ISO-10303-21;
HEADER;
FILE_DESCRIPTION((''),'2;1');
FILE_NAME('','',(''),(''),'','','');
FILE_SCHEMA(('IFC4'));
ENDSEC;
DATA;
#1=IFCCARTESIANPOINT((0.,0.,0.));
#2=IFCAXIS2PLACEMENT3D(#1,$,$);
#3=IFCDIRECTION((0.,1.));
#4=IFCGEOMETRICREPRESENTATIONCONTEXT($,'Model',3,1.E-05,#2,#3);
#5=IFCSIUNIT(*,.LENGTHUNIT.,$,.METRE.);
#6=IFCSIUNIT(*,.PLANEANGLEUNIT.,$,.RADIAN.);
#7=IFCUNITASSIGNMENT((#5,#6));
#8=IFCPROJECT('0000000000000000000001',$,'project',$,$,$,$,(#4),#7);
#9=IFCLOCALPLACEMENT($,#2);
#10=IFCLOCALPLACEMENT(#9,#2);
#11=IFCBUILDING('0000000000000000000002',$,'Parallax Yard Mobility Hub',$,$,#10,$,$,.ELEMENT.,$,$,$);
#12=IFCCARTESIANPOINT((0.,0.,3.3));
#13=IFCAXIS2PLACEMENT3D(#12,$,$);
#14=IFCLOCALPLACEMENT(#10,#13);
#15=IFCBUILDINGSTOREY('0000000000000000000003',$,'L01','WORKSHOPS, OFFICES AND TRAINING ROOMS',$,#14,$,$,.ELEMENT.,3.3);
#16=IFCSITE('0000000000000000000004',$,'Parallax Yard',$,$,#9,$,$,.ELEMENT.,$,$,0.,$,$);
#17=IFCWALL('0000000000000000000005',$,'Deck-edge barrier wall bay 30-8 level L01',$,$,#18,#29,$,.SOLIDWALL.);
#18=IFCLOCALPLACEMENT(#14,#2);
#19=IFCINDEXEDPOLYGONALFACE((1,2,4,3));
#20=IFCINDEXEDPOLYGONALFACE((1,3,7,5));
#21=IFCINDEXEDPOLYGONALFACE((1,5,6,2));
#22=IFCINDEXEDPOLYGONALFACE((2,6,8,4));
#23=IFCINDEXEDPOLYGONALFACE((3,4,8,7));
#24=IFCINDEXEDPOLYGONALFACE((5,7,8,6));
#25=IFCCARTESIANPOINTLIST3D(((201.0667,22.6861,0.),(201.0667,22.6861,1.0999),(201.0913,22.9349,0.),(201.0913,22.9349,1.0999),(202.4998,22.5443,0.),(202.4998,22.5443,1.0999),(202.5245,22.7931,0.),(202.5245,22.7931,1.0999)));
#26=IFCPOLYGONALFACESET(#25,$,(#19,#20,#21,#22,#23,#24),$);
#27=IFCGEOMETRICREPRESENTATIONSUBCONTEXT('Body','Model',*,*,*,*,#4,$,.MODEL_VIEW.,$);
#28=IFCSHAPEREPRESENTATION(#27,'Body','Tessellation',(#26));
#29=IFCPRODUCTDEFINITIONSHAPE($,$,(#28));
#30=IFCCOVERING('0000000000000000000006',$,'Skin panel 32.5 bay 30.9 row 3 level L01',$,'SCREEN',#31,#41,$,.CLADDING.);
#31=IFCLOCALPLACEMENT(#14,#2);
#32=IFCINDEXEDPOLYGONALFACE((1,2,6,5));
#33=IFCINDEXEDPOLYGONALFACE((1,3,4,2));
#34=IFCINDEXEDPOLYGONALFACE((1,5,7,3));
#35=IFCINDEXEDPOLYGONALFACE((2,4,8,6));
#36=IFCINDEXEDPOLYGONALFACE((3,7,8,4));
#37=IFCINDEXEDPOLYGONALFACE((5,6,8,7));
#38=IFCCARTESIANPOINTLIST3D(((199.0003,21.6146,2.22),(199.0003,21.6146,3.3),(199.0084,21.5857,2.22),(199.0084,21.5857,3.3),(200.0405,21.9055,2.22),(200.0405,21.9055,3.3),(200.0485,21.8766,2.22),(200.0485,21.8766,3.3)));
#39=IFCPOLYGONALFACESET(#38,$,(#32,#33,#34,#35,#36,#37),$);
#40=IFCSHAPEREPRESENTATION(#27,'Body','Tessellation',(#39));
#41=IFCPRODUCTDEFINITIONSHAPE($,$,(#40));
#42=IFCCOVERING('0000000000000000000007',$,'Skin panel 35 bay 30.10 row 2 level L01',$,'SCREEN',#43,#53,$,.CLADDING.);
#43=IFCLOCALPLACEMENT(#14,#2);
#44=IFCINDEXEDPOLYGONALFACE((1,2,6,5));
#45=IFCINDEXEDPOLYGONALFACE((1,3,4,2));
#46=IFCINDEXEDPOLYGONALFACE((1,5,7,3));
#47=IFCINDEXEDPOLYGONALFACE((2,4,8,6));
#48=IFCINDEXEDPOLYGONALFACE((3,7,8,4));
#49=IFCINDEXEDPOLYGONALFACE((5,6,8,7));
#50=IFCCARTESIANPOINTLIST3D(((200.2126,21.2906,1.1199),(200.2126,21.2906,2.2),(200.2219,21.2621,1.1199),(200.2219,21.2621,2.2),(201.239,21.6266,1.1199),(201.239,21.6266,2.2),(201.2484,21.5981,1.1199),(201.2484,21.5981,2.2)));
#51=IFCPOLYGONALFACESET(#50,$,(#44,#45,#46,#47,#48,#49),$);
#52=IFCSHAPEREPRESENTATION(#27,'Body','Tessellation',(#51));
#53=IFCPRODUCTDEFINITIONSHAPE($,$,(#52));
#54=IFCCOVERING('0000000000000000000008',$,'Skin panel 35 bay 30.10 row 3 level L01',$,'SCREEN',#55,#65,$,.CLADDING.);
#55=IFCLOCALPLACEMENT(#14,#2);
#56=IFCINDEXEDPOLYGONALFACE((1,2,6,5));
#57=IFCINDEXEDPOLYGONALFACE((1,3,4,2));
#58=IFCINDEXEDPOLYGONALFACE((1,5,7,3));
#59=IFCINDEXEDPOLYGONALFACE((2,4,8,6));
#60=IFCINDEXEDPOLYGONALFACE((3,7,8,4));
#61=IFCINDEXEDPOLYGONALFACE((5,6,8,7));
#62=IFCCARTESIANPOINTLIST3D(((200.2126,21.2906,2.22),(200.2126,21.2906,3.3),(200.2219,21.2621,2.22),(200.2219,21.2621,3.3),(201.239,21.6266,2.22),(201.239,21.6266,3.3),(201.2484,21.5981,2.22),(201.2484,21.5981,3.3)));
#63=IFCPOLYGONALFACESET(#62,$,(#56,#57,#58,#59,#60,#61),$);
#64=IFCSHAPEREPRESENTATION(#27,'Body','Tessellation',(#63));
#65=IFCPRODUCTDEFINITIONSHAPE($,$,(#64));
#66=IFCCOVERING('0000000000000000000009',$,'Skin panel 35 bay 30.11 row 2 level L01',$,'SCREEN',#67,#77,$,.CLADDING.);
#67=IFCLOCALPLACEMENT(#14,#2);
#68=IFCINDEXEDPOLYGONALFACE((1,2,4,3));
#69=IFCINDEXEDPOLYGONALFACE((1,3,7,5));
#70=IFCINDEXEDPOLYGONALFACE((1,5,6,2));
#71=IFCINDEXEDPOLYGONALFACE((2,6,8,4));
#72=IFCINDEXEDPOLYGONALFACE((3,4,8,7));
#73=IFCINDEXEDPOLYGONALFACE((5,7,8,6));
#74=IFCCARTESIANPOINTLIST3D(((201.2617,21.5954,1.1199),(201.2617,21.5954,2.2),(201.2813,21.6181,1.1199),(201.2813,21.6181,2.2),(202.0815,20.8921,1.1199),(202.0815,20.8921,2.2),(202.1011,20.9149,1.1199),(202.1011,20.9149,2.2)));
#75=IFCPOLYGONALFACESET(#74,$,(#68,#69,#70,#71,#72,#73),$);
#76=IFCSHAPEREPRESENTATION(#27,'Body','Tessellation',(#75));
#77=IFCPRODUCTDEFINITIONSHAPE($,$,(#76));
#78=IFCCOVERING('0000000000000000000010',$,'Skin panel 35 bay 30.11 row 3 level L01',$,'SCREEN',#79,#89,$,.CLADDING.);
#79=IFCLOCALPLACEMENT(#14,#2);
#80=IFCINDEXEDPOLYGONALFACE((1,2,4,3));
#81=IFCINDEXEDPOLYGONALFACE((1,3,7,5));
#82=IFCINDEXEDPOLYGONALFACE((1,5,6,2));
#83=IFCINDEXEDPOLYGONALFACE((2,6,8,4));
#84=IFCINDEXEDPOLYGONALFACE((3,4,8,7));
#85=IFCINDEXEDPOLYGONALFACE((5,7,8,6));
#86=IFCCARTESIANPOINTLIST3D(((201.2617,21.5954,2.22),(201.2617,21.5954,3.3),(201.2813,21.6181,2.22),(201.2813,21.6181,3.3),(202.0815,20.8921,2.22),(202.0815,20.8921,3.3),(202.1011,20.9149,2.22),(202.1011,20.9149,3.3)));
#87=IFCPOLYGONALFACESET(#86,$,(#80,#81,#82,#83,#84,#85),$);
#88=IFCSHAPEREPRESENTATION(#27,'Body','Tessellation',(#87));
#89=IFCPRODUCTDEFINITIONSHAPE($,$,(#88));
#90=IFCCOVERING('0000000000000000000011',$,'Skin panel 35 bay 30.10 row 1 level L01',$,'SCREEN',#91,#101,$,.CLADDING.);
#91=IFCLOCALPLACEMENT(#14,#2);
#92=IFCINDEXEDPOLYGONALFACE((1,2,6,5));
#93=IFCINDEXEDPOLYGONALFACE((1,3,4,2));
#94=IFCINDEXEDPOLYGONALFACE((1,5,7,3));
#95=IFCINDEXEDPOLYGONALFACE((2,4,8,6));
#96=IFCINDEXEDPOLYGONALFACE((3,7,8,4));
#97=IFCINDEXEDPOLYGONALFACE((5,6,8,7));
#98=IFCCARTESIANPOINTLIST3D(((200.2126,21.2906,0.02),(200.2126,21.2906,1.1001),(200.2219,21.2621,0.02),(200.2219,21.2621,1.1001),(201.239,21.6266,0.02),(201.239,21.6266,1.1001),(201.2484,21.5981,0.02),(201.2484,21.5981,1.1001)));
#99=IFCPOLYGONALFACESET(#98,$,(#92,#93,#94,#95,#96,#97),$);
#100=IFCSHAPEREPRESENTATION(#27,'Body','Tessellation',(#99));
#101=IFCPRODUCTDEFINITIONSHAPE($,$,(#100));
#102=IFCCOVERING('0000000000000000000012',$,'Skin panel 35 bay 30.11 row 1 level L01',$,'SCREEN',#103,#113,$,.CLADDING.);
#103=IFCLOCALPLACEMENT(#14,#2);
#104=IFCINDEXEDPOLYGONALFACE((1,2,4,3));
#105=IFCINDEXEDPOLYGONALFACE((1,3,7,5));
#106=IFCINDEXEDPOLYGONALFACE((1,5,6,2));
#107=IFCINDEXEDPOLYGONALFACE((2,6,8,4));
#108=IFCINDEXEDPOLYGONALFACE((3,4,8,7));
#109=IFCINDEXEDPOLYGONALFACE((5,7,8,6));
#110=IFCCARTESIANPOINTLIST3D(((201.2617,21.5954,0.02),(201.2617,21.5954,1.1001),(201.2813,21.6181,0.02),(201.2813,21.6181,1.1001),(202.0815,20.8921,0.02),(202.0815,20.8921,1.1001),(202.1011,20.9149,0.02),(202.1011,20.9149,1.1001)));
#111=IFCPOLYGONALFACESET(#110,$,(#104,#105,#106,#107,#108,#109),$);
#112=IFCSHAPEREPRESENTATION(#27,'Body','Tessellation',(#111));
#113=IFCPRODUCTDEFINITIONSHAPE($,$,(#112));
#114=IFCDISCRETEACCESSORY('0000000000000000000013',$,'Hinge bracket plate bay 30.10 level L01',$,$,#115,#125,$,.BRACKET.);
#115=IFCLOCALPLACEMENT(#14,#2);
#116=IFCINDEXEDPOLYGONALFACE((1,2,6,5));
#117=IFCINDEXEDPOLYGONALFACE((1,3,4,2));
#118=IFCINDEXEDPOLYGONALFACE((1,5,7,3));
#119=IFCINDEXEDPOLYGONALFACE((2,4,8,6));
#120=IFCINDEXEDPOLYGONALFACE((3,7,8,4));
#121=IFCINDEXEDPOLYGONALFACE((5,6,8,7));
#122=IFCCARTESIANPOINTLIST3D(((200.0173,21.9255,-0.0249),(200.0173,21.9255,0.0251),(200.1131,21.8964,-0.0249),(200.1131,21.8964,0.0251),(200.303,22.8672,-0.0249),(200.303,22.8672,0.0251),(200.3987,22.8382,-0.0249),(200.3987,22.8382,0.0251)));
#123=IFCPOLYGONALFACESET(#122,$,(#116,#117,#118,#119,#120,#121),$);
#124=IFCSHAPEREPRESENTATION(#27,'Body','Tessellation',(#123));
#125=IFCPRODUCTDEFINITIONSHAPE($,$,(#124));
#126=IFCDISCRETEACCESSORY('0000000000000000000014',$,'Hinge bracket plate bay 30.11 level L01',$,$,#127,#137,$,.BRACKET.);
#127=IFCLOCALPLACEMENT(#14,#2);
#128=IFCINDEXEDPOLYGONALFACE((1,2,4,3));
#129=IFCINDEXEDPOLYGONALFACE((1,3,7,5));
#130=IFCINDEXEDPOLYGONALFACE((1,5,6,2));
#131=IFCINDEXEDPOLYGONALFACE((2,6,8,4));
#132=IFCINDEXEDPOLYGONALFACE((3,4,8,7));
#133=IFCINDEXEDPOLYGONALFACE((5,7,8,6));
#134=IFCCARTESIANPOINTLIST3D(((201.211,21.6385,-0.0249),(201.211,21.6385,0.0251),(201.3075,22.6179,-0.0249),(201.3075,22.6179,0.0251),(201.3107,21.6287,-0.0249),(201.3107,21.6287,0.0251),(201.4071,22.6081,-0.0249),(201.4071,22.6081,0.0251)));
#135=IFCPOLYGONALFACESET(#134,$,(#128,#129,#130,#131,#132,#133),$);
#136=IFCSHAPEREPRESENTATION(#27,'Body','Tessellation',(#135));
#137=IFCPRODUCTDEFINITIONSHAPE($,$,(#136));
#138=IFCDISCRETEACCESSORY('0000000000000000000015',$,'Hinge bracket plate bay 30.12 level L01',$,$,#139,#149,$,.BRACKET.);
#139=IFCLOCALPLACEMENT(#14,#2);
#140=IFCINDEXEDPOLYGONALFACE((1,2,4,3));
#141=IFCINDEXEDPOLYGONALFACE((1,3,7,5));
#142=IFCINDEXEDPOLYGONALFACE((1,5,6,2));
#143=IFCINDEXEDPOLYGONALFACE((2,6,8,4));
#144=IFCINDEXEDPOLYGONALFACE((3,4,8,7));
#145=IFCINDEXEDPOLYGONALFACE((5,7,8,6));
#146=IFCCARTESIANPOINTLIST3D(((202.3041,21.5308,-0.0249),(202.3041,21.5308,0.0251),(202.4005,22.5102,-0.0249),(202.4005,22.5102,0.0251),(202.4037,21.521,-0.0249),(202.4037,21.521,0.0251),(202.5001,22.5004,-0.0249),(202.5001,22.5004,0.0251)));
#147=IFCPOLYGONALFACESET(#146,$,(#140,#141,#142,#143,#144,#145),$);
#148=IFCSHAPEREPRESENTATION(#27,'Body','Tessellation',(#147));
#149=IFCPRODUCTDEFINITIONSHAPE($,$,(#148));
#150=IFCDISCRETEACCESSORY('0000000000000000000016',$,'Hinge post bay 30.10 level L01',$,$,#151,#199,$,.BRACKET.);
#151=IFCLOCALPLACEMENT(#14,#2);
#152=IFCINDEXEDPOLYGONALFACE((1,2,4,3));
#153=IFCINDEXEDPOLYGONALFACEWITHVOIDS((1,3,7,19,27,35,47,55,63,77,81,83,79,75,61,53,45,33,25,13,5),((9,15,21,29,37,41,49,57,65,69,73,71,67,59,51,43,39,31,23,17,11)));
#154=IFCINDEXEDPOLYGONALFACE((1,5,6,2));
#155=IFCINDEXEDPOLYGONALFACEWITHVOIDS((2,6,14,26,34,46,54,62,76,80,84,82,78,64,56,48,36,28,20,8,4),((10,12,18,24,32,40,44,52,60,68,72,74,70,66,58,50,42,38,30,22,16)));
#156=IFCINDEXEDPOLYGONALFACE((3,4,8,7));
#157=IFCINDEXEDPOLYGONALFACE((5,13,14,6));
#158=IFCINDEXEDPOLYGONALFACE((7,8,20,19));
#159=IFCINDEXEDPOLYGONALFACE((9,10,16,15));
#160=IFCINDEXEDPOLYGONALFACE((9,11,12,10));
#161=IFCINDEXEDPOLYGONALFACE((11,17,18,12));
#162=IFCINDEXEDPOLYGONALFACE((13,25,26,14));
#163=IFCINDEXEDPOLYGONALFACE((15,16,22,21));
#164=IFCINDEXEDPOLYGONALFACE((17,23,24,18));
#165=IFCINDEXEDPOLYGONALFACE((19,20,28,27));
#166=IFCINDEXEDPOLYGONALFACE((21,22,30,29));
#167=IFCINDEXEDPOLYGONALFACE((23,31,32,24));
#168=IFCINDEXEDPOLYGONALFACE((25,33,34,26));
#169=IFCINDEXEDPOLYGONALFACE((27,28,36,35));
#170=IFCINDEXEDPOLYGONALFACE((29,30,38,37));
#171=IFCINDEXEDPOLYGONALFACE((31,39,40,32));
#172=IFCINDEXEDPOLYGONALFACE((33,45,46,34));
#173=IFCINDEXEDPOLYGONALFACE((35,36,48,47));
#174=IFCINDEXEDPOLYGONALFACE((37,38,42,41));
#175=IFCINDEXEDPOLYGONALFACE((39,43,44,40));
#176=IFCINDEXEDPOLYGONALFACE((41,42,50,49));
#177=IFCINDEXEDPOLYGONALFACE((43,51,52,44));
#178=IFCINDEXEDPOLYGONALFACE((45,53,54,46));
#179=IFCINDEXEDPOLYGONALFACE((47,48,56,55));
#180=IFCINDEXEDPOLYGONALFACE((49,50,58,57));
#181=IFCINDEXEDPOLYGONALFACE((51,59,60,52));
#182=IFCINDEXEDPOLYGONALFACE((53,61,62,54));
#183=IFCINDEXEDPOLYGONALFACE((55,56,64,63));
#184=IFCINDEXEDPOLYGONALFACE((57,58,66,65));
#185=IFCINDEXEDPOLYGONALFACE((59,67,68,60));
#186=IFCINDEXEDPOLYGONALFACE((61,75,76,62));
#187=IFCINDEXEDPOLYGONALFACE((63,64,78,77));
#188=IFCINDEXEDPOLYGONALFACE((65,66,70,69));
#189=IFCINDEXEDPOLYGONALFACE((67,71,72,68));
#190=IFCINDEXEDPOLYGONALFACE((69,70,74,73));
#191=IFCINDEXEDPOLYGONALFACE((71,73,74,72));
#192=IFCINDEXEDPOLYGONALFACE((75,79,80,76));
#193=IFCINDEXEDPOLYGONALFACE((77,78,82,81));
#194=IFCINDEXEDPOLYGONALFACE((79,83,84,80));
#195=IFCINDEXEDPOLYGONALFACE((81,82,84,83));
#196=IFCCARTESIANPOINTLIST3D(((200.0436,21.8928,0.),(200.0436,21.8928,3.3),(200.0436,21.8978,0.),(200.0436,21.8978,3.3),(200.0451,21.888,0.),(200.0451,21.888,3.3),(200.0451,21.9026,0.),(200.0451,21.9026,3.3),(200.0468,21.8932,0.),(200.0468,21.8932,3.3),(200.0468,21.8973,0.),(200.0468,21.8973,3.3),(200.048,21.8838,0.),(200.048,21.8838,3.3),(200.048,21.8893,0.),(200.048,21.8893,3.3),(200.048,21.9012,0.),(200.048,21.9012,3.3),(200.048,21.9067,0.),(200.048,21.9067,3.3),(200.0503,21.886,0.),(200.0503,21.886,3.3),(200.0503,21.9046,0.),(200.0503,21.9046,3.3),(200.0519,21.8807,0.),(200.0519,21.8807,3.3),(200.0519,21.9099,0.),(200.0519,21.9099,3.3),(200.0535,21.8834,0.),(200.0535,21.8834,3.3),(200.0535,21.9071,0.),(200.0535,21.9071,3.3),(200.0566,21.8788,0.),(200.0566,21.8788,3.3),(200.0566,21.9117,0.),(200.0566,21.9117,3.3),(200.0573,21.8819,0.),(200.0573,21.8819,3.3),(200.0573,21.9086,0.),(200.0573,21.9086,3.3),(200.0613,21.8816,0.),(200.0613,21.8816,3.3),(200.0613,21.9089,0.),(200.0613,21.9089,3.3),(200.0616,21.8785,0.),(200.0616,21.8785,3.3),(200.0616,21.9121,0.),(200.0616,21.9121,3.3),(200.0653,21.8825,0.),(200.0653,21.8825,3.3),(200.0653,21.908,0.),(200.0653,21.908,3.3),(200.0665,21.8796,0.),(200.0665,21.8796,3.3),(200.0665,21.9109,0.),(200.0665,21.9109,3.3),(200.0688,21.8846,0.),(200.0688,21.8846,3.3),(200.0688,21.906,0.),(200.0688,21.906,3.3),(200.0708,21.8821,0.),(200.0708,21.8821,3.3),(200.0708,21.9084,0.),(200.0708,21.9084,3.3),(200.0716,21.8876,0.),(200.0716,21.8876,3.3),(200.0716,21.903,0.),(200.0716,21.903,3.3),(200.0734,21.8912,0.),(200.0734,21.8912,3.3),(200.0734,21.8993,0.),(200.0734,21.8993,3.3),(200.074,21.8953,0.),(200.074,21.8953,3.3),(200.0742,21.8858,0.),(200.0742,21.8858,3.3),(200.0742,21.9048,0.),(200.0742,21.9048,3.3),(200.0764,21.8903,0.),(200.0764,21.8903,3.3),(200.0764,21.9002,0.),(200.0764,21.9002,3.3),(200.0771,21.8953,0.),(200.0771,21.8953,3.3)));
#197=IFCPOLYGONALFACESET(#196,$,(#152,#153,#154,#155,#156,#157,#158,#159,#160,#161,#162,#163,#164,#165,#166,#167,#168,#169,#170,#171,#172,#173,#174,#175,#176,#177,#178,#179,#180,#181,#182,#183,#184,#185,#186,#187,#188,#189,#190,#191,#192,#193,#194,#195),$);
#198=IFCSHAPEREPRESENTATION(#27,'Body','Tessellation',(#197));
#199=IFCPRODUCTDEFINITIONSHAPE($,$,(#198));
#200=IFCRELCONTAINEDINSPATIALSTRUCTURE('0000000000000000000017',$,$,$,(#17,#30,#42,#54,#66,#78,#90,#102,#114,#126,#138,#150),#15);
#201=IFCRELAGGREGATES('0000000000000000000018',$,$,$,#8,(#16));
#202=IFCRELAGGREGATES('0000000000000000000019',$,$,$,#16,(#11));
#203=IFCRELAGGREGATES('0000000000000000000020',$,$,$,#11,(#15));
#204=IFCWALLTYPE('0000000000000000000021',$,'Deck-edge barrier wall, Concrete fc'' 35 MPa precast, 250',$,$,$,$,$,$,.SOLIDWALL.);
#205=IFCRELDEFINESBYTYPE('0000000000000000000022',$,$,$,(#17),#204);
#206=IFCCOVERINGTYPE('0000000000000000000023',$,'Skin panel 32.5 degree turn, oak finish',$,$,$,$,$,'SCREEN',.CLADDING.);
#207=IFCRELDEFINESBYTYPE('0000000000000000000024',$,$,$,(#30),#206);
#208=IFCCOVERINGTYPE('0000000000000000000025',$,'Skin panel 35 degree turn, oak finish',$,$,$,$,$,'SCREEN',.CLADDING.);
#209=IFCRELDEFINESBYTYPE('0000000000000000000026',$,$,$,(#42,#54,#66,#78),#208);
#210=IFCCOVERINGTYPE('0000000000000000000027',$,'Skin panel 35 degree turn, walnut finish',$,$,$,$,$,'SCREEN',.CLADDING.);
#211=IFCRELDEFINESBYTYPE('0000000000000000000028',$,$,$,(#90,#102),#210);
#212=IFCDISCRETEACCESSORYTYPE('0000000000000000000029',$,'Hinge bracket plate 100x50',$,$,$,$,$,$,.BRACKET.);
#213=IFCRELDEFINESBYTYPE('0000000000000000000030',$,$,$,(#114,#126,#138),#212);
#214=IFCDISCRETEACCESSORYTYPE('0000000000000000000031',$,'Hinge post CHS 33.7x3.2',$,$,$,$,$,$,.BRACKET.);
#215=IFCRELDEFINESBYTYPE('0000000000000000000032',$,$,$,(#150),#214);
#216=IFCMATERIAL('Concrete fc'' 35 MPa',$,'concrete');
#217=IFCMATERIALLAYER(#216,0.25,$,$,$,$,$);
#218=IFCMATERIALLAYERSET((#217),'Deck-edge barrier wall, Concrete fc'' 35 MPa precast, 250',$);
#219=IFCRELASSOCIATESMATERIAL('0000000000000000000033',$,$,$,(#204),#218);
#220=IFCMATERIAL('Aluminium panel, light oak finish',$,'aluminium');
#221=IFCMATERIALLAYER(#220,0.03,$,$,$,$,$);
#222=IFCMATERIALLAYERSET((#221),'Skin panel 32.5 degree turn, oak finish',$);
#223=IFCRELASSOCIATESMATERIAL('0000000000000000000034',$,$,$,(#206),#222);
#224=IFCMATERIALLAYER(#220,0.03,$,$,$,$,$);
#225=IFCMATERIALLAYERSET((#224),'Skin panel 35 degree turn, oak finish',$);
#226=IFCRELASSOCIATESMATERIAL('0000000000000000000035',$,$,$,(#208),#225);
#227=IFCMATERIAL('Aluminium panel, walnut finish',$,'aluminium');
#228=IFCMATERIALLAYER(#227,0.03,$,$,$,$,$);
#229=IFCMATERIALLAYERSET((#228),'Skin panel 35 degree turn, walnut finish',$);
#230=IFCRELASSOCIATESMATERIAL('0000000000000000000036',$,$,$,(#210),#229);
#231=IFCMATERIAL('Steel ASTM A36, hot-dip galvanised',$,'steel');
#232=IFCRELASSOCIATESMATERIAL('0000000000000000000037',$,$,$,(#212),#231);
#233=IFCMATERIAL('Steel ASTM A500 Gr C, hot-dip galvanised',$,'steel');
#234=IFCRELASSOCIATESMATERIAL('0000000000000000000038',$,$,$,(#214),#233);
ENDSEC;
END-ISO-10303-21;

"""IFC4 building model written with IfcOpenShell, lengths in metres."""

from ifc_helpers import new_model, si_unit, direction, frame, frame_2d, origin, origin_2d, place, context, subcontext, project, spatial, rectangle, hollow_circle, extrude, material, layer, layer_set, material_profile, profile_set, type_object, element, save


model = new_model("IFC4")

# Units and contexts
model_context = context("Model", 3, precision=1e-05, world=origin(), true_north=direction((0.0, 1.0)))
body_context = subcontext(model_context, "Body", "Model", "MODEL_VIEW")
ifc_project = project(units=[si_unit("LENGTHUNIT", "METRE"), si_unit("PLANEANGLEUNIT", "RADIAN")], contexts=[model_context])

# Site, building, storey
site_placement = place(None, origin())
site = spatial("IfcSite", under=ifc_project, at=site_placement, Name="Parallax Yard", CompositionType="ELEMENT", RefElevation=0.0)
building_placement = place(site_placement, origin())
building = spatial("IfcBuilding", under=site, at=building_placement, Name="Parallax Yard Mobility Hub", CompositionType="ELEMENT")
storey_placement = place(building_placement, frame((0.0, 0.0, 3.3)))
storey = spatial("IfcBuildingStorey", under=building, at=storey_placement, Name="L01", Description="WORKSHOPS, OFFICES AND TRAINING ROOMS", CompositionType="ELEMENT", Elevation=3.3)

# Shared definitions
ifc_material_1 = material(Name="Concrete fc' 35 MPa", Category="concrete")

# Wall
ifc_layer_1 = layer(ifc_material_1, 0.25)
ifc_layer_set_1 = layer_set([ifc_layer_1], Name="Deck-edge barrier wall, Concrete fc' 35 MPa precast, 250")
wall_type_1 = type_object("IfcWallType", Name="Deck-edge barrier wall, Concrete fc' 35 MPa precast, 250", PredefinedType="SOLIDWALL", material=ifc_layer_set_1)
wall_1_placement = place(storey_placement, frame((201.0789, 22.8105, 0.0), z_axis=(0.0, 0.0, 1.0), x_axis=(0.995137, -0.098497, 0.0)))
element("IfcWall", 1, at=wall_1_placement, inside=storey, type_object=wall_type_1, Name="Deck-edge barrier wall bay 30-8 level L01", PredefinedType="SOLIDWALL", context=body_context, shape_type="SweptSolid", body=[
    extrude(rectangle(XDim=1.4402, YDim=0.25, at=frame_2d((0.7202, 0.0))), origin(), (0.0, 0.0, 1.0), 1.0999),
])

# Coverings
ifc_material_2 = material(Name="Aluminium panel, light oak finish", Category="aluminium")
ifc_layer_2 = layer(ifc_material_2, 0.03)
ifc_layer_set_2 = layer_set([ifc_layer_2], Name="Skin panel 32.5 degree turn, oak finish")
covering_type_1 = type_object("IfcCoveringType", Name="Skin panel 32.5 degree turn, oak finish", ElementType="SCREEN", PredefinedType="CLADDING", material=ifc_layer_set_2)
covering_placement = place(storey_placement, frame((199.5244, 21.7456, 2.22), z_axis=(0.0, 0.0, 1.0), x_axis=(-0.963045, -0.26934, 0.0)))
element("IfcCovering", 2, at=covering_placement, inside=storey, type_object=covering_type_1, Name="Skin panel 32.5 bay 30.9 row 3 level L01", ObjectType="SCREEN", PredefinedType="CLADDING", context=body_context, shape_type="SweptSolid", body=[
    extrude(rectangle(XDim=1.0801, YDim=0.03, at=origin_2d()), origin(), (0.0, 0.0, 1.0), 1.0801),
])
ifc_layer_3 = layer(ifc_material_2, 0.03)
ifc_layer_set_3 = layer_set([ifc_layer_3], Name="Skin panel 35 degree turn, oak finish")
covering_type_2 = type_object("IfcCoveringType", Name="Skin panel 35 degree turn, oak finish", ElementType="SCREEN", PredefinedType="CLADDING", material=ifc_layer_set_3)
for number, where, z_axis, x_axis, name in (
    (3, (200.7305, 21.4443, 1.1199), (0.0, 0.0, 1.0), (-0.95038, -0.311091, 0.0), "Skin panel 35 bay 30.10 row 2 level L01"),
    (4, (200.7305, 21.4443, 2.22), (0.0, 0.0, 1.0), (-0.95038, -0.311091, 0.0), "Skin panel 35 bay 30.10 row 3 level L01"),
    (5, (201.6814, 21.2551, 1.1199), (0.0, 0.0, 1.0), (0.758987, -0.651105, 0.0), "Skin panel 35 bay 30.11 row 2 level L01"),
    (6, (201.6814, 21.2551, 2.22), (0.0, 0.0, 1.0), (0.758987, -0.651105, 0.0), "Skin panel 35 bay 30.11 row 3 level L01"),
):
    element("IfcCovering", number, at=place(storey_placement, frame(where, z_axis=z_axis, x_axis=x_axis)), inside=storey, type_object=covering_type_2, Name=name, ObjectType="SCREEN", PredefinedType="CLADDING", context=body_context, shape_type="SweptSolid", body=[
        extrude(rectangle(XDim=1.0801, YDim=0.03, at=origin_2d()), origin(), (0.0, 0.0, 1.0), 1.0801),
    ])
ifc_material_3 = material(Name="Aluminium panel, walnut finish", Category="aluminium")
ifc_layer_4 = layer(ifc_material_3, 0.03)
ifc_layer_set_4 = layer_set([ifc_layer_4], Name="Skin panel 35 degree turn, walnut finish")
covering_type_3 = type_object("IfcCoveringType", Name="Skin panel 35 degree turn, walnut finish", ElementType="SCREEN", PredefinedType="CLADDING", material=ifc_layer_set_4)
for number, where, z_axis, x_axis, name in (
    (7, (200.7305, 21.4443, 0.02), (0.0, 0.0, 1.0), (-0.95038, -0.311091, 0.0), "Skin panel 35 bay 30.10 row 1 level L01"),
    (8, (201.6814, 21.2551, 0.02), (0.0, 0.0, 1.0), (0.758987, -0.651105, 0.0), "Skin panel 35 bay 30.11 row 1 level L01"),
):
    element("IfcCovering", number, at=place(storey_placement, frame(where, z_axis=z_axis, x_axis=x_axis)), inside=storey, type_object=covering_type_3, Name=name, ObjectType="SCREEN", PredefinedType="CLADDING", context=body_context, shape_type="SweptSolid", body=[
        extrude(rectangle(XDim=1.0801, YDim=0.03, at=origin_2d()), origin(), (0.0, 0.0, 1.0), 1.0801),
    ])

# Discrete accessories
ifc_material_4 = material(Name="Steel ASTM A36, hot-dip galvanised", Category="steel")
discrete_accessory_type_1 = type_object("IfcDiscreteAccessoryType", Name="Hinge bracket plate 100x50", PredefinedType="BRACKET", material=ifc_material_4)
for number, where, z_axis, x_axis, name in (
    (9, (200.208, 22.3818, -0.0249), (0.0, 0.0, 1.0), (-0.290285, -0.95694, 0.0), "Hinge bracket plate bay 30.10 level L01"),
    (10, (201.3091, 22.1233, -0.0249), (0.0, 0.0, 1.0), (-0.098017, -0.995185, 0.0), "Hinge bracket plate bay 30.11 level L01"),
    (11, (202.4021, 22.0156, -0.0249), (0.0, 0.0, 1.0), (-0.098017, -0.995185, 0.0), "Hinge bracket plate bay 30.12 level L01"),
):
    element("IfcDiscreteAccessory", number, at=place(storey_placement, frame(where, z_axis=z_axis, x_axis=x_axis)), inside=storey, type_object=discrete_accessory_type_1, Name=name, PredefinedType="BRACKET", context=body_context, shape_type="SweptSolid", body=[
        extrude(rectangle(XDim=0.9841, YDim=0.1001, at=origin_2d()), origin(), (0.0, 0.0, 1.0), 0.05),
    ])
ifc_material_5 = material(Name="Steel ASTM A500 Gr C, hot-dip galvanised", Category="steel")
ifc_material_profile_1 = material_profile(ifc_material_5, hollow_circle(Radius=0.0168, WallThickness=0.0032, at=origin_2d()), Name="CHS 33.7x3.2")
ifc_profile_set_1 = profile_set([ifc_material_profile_1], Name="Steel ASTM A500 Gr C, hot-dip galvanised")
discrete_accessory_type_2 = type_object("IfcDiscreteAccessoryType", Name="Hinge post CHS 33.7x3.2", PredefinedType="BRACKET", material=ifc_profile_set_1)
for number, where, z_axis, x_axis, name in (
    (12, (200.0603, 21.8953, 0.0), (0.0, 0.0, 1.0), (1.0, 0.0, 0.0), "Hinge post bay 30.10 level L01"),
):
    element("IfcDiscreteAccessory", number, at=place(storey_placement, frame(where, z_axis=z_axis, x_axis=x_axis)), inside=storey, type_object=discrete_accessory_type_2, Name=name, PredefinedType="BRACKET", context=body_context, shape_type="SweptSolid", body=[
        extrude(hollow_circle(Radius=0.0168, WallThickness=0.0032, at=origin_2d()), origin(), (0.0, 0.0, 1.0), 3.3),
    ])

save(model, "model.ifc")
